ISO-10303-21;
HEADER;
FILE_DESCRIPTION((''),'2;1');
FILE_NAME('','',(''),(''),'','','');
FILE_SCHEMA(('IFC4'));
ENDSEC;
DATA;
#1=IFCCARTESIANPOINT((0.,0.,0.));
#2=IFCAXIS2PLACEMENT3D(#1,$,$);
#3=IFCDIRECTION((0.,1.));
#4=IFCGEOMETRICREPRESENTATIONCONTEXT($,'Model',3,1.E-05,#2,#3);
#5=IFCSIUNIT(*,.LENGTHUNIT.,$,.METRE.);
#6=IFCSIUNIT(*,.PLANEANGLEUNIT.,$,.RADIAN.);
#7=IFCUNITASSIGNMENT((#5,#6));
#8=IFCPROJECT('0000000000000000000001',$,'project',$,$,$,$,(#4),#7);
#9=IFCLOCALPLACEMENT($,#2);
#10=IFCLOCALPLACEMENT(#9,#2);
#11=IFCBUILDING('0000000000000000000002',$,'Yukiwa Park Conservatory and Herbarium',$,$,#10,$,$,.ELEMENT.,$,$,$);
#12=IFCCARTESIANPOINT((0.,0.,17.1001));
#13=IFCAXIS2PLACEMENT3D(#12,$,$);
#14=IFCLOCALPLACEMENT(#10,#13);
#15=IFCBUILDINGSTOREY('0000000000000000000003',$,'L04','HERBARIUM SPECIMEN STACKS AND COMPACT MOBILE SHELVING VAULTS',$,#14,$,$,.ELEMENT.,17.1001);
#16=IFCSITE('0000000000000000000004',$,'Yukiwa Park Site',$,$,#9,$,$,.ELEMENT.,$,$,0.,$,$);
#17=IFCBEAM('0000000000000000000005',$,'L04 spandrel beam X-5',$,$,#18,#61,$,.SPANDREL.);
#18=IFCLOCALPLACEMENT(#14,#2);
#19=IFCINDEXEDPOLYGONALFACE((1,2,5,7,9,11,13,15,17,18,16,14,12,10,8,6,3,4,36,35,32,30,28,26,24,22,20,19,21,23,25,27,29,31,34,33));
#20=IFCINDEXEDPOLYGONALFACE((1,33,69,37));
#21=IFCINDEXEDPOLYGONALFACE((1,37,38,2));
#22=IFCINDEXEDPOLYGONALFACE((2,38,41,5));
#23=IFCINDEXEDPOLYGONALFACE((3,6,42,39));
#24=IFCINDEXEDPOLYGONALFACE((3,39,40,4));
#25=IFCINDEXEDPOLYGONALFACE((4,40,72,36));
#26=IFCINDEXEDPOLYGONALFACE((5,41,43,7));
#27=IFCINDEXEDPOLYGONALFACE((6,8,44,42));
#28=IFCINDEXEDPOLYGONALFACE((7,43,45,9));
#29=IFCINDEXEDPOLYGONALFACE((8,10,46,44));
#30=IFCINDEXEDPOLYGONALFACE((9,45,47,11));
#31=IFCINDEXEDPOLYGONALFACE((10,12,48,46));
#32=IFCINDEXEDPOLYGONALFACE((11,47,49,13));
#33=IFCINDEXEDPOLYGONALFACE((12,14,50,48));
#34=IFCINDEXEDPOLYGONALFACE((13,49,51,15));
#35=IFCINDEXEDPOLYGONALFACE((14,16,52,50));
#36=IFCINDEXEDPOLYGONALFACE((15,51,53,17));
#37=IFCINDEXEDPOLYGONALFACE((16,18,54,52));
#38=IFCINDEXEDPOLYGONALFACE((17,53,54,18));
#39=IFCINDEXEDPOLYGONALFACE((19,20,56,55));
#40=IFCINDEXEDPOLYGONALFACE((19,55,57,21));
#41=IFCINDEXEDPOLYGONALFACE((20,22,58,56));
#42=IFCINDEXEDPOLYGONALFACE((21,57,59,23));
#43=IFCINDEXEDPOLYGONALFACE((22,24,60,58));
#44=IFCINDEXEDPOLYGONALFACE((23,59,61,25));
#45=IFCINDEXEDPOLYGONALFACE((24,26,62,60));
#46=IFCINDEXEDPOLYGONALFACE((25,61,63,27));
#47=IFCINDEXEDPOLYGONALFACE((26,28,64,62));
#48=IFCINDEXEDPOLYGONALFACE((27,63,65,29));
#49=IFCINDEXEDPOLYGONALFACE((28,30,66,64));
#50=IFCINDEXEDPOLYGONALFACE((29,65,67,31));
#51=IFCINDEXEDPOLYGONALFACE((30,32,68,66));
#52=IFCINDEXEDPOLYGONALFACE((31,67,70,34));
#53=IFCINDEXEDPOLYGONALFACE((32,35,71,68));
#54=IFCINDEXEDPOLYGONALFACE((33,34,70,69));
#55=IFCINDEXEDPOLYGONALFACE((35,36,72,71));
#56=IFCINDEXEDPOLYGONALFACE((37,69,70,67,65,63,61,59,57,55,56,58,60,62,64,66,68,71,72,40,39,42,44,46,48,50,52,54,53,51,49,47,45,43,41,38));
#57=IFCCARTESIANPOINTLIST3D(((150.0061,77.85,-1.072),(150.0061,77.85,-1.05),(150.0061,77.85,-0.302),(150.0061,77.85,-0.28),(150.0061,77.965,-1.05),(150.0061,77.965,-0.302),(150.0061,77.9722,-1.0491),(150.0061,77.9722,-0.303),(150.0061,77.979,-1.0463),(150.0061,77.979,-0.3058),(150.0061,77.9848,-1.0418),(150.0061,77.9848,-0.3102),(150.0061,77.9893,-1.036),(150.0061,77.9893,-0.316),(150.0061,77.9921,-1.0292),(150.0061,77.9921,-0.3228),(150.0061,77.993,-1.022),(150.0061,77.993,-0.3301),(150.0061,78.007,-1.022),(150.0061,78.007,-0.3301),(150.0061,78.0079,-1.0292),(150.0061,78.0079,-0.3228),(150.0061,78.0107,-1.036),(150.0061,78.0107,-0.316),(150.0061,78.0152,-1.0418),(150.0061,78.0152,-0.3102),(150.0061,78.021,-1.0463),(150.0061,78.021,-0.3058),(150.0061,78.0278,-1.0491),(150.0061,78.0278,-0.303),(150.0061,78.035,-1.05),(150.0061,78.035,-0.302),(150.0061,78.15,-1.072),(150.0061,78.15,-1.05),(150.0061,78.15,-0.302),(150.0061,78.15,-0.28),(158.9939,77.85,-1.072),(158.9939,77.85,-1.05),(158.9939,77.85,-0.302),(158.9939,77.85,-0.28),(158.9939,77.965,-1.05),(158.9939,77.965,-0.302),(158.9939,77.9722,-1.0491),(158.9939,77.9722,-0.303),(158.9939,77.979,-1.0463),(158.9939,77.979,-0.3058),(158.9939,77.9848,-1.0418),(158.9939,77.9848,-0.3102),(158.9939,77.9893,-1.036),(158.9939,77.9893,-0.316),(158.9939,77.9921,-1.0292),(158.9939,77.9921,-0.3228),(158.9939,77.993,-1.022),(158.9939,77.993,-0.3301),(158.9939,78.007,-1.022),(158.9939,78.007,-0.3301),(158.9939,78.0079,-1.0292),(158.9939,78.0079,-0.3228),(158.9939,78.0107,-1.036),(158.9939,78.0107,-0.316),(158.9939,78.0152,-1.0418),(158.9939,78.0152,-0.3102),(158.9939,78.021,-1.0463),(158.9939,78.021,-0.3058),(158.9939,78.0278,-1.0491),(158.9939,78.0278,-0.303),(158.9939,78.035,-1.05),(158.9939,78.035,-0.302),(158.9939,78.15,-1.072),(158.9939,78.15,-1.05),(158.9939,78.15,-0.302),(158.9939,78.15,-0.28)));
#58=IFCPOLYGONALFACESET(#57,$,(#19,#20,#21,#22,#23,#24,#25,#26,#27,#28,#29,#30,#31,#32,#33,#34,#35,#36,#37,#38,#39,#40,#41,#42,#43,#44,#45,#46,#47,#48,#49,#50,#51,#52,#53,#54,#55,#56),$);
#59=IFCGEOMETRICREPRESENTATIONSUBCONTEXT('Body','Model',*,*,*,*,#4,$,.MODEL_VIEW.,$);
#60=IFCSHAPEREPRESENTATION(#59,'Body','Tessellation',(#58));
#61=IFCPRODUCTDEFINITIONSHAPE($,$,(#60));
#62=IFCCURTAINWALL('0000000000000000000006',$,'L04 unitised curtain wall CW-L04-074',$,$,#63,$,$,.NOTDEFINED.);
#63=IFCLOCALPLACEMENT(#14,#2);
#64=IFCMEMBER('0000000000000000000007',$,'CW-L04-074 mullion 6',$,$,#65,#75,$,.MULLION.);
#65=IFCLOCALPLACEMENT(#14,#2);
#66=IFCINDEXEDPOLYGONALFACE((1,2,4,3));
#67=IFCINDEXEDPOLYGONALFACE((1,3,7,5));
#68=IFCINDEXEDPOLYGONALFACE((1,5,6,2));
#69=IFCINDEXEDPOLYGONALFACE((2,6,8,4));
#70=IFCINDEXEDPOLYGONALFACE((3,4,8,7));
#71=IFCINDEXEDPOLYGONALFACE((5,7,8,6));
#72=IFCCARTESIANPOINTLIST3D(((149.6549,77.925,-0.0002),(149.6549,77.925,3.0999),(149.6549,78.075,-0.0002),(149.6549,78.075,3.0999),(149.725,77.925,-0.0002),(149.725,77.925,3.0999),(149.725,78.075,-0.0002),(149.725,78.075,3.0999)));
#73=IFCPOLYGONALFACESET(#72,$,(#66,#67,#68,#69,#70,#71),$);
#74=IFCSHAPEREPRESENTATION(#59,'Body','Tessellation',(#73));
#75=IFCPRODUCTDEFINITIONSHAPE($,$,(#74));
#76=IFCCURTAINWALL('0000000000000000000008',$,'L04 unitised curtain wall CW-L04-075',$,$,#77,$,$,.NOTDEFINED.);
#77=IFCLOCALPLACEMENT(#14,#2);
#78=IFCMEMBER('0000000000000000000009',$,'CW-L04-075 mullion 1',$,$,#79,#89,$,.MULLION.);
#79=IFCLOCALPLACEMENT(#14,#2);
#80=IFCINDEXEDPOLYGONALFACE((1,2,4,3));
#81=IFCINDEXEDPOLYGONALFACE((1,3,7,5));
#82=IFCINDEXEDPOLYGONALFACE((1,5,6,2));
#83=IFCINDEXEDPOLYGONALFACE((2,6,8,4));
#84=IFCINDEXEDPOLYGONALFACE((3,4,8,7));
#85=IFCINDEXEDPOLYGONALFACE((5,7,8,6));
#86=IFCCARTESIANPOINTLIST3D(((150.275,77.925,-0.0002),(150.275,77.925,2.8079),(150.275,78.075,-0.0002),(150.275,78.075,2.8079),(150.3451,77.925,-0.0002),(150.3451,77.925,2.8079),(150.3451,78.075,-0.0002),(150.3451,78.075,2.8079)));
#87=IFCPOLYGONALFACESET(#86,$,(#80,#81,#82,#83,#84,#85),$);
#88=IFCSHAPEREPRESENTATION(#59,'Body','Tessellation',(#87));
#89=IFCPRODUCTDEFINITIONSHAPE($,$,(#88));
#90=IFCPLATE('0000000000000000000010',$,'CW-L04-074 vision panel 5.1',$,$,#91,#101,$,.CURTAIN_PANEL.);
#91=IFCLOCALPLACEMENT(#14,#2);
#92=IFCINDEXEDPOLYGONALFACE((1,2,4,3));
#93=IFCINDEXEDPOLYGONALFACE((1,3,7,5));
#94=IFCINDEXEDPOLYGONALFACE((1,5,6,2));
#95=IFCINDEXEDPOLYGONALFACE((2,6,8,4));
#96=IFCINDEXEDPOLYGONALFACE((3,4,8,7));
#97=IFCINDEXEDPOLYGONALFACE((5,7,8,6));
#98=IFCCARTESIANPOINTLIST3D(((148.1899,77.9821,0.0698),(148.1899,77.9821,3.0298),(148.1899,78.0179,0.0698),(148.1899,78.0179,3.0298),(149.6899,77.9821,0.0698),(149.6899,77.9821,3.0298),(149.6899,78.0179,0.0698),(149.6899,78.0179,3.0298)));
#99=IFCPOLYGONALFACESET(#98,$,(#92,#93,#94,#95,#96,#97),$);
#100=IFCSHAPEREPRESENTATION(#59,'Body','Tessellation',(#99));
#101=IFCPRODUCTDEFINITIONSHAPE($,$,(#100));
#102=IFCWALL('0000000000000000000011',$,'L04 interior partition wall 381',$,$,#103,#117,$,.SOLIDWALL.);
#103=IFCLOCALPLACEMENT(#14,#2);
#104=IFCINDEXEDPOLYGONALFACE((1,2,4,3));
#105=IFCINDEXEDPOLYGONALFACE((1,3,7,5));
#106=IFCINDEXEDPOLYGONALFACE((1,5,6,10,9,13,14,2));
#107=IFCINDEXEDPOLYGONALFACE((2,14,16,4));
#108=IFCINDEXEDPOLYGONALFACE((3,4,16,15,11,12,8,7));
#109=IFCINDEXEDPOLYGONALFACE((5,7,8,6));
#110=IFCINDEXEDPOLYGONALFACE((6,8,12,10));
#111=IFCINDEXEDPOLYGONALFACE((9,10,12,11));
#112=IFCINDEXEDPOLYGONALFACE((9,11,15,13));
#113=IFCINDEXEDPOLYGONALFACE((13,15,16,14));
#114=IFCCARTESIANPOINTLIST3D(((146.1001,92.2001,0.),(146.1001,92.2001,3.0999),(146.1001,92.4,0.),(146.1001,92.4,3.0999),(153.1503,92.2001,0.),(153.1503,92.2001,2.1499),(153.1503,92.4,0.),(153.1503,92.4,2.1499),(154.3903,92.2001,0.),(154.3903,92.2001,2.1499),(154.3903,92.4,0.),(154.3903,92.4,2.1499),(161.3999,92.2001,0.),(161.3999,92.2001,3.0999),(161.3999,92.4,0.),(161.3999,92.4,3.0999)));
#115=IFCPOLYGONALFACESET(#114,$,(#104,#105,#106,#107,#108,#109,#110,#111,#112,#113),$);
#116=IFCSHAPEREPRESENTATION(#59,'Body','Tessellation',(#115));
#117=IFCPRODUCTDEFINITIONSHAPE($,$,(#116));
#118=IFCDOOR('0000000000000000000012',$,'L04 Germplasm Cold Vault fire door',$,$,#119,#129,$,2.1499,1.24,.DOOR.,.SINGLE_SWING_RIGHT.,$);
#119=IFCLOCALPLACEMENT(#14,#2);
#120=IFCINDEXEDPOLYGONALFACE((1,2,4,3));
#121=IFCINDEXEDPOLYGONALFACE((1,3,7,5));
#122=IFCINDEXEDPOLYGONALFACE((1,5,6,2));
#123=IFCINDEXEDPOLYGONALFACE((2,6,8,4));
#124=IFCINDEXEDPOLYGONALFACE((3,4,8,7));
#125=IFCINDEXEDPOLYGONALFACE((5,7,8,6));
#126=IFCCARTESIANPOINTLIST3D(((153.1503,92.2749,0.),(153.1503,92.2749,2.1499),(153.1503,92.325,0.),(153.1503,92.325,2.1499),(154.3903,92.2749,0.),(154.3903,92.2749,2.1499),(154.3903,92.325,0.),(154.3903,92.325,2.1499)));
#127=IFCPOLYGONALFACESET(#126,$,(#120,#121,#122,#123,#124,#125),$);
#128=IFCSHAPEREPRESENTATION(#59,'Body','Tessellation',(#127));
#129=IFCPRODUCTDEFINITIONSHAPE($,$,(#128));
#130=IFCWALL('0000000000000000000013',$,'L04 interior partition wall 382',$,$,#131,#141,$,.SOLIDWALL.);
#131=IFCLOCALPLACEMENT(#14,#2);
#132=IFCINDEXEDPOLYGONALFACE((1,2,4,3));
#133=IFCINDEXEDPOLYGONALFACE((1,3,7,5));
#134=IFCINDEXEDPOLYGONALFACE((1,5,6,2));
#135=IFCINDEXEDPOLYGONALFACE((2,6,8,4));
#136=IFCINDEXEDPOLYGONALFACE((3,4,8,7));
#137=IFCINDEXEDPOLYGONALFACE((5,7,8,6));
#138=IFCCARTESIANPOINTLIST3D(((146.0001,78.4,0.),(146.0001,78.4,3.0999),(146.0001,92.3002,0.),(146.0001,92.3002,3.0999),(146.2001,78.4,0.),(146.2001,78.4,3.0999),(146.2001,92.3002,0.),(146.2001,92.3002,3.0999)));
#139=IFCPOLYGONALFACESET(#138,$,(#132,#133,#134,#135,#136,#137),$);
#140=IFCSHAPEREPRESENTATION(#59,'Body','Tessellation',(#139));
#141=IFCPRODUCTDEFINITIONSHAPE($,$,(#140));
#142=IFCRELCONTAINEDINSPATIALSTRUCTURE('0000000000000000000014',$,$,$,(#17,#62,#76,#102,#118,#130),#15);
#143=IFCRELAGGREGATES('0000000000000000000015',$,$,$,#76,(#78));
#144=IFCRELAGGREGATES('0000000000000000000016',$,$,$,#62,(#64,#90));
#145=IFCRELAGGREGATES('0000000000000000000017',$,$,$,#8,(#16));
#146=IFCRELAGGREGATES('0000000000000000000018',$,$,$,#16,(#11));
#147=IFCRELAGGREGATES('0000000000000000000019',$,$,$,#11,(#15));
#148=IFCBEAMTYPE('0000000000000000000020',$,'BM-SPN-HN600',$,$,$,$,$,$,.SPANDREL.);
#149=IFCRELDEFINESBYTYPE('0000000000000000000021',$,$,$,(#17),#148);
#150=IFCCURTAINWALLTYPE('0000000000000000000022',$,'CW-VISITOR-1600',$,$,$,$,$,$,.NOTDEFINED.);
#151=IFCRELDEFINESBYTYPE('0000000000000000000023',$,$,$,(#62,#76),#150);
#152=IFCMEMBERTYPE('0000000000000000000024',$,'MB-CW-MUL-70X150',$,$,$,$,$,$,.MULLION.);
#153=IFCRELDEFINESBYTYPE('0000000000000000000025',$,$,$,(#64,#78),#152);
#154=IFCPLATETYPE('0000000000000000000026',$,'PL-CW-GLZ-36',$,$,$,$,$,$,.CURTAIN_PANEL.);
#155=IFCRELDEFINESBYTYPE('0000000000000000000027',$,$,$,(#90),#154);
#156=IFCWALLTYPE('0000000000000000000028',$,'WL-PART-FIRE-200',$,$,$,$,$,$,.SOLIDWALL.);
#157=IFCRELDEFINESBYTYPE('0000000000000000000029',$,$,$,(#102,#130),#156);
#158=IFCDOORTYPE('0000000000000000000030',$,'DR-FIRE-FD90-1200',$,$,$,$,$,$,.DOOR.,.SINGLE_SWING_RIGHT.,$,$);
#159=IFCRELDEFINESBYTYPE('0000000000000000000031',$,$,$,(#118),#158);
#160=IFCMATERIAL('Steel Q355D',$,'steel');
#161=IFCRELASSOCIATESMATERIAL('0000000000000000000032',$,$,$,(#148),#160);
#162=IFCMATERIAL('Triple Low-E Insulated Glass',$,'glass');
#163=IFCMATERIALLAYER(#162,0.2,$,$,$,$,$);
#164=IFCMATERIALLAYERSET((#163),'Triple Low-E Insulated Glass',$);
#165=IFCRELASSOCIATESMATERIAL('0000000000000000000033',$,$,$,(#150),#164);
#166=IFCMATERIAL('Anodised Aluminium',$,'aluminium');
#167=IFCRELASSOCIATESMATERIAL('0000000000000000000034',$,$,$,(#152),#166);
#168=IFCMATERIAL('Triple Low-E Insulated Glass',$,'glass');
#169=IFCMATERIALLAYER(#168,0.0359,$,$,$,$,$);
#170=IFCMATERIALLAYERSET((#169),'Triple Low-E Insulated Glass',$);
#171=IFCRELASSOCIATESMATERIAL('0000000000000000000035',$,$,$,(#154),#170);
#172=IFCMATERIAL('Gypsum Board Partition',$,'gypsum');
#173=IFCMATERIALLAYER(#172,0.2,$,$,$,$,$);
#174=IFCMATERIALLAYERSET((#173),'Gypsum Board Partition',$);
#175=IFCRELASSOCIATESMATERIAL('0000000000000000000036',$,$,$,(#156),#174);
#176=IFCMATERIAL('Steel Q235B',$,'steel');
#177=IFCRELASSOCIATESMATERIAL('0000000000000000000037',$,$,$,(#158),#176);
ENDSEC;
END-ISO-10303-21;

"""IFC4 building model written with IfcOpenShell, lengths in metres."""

from ifc_helpers import new_model, si_unit, direction, frame, frame_2d, origin, origin_2d, place, context, subcontext, project, spatial, rectangle, i_section, extrude, material, layer, layer_set, material_profile, profile_set, type_object, element, fill, aggregate, save


model = new_model("IFC4")

# Units and contexts
model_context = context("Model", 3, precision=1e-05, world=origin(), true_north=direction((0.0, 1.0)))
body_context = subcontext(model_context, "Body", "Model", "MODEL_VIEW")
ifc_project = project(units=[si_unit("LENGTHUNIT", "METRE"), si_unit("PLANEANGLEUNIT", "RADIAN")], contexts=[model_context])

# Site, building, storey
site_placement = place(None, origin())
site = spatial("IfcSite", under=ifc_project, at=site_placement, Name="Yukiwa Park Site", CompositionType="ELEMENT", RefElevation=0.0)
building_placement = place(site_placement, origin())
building = spatial("IfcBuilding", under=site, at=building_placement, Name="Yukiwa Park Conservatory and Herbarium", CompositionType="ELEMENT")
storey_placement = place(building_placement, frame((0.0, 0.0, 17.1001)))
storey = spatial("IfcBuildingStorey", under=building, at=storey_placement, Name="L04", Description="HERBARIUM SPECIMEN STACKS AND COMPACT MOBILE SHELVING VAULTS", CompositionType="ELEMENT", Elevation=17.1001)

# Beam
ifc_material_1 = material(Name="Steel Q355D", Category="steel")
ifc_material_profile_1 = material_profile(ifc_material_1, i_section(OverallWidth=0.3, OverallDepth=0.792, WebThickness=0.0139, FlangeThickness=0.022, FilletRadius=0.0281, at=origin_2d()), Name="HN 792x300x14x22")
ifc_profile_set_1 = profile_set([ifc_material_profile_1], Name="Steel Q355D")
beam_type_1 = type_object("IfcBeamType", Name="BM-SPN-HN600", PredefinedType="SPANDREL", material=ifc_profile_set_1)
beam_1_placement = place(storey_placement, frame((150.0061, 78.0, -0.676), z_axis=(1.0, 0.0, 0.0), x_axis=(0.0, 1.0, 0.0)))
element("IfcBeam", 1, at=beam_1_placement, inside=storey, type_object=beam_type_1, Name="L04 spandrel beam X-5", PredefinedType="SPANDREL", context=body_context, shape_type="SweptSolid", body=[
    extrude(i_section(OverallWidth=0.3, OverallDepth=0.792, WebThickness=0.0139, FlangeThickness=0.022, FilletRadius=0.0281, at=origin_2d()), origin(), (0.0, 0.0, 1.0), 8.9878),
])

# Curtain walls, members
ifc_material_2 = material(Name="Triple Low-E Insulated Glass", Category="glass")
ifc_layer_1 = layer(ifc_material_2, 0.2)
ifc_layer_set_1 = layer_set([ifc_layer_1], Name="Triple Low-E Insulated Glass")
curtain_wall_type = type_object("IfcCurtainWallType", Name="CW-VISITOR-1600", PredefinedType="NOTDEFINED", material=ifc_layer_set_1)
curtain_wall_1_placement = place(storey_placement, origin())
curtain_wall_1 = element("IfcCurtainWall", 2, at=curtain_wall_1_placement, inside=storey, type_object=curtain_wall_type, Name="L04 unitised curtain wall CW-L04-074", PredefinedType="NOTDEFINED")
ifc_material_3 = material(Name="Anodised Aluminium", Category="aluminium")
member_type = type_object("IfcMemberType", Name="MB-CW-MUL-70X150", PredefinedType="MULLION", material=ifc_material_3)
member_1_placement = place(storey_placement, frame((149.6899, 78.0, -0.0002), z_axis=(0.0, 0.0, 1.0), x_axis=(1.0, 0.0, 0.0)))
member_1 = element("IfcMember", 3, at=member_1_placement, type_object=member_type, Name="CW-L04-074 mullion 6", PredefinedType="MULLION", context=body_context, shape_type="SweptSolid", body=[
    extrude(rectangle(XDim=0.0701, YDim=0.1499, at=origin_2d()), origin(), (0.0, 0.0, 1.0), 3.1001),
])
curtain_wall_2_placement = place(storey_placement, origin())
curtain_wall_2 = element("IfcCurtainWall", 4, at=curtain_wall_2_placement, inside=storey, type_object=curtain_wall_type, Name="L04 unitised curtain wall CW-L04-075", PredefinedType="NOTDEFINED")
member_2_placement = place(storey_placement, frame((150.3101, 78.0, -0.0002), z_axis=(0.0, 0.0, 1.0), x_axis=(1.0, 0.0, 0.0)))
member_2 = element("IfcMember", 5, at=member_2_placement, type_object=member_type, Name="CW-L04-075 mullion 1", PredefinedType="MULLION", context=body_context, shape_type="SweptSolid", body=[
    extrude(rectangle(XDim=0.0701, YDim=0.1499, at=origin_2d()), origin(), (0.0, 0.0, 1.0), 2.8081),
])
aggregate(curtain_wall_2, [member_2])

# Plate
ifc_material_4 = material(Name="Triple Low-E Insulated Glass", Category="glass")
ifc_layer_2 = layer(ifc_material_4, 0.0359)
ifc_layer_set_2 = layer_set([ifc_layer_2], Name="Triple Low-E Insulated Glass")
plate_type = type_object("IfcPlateType", Name="PL-CW-GLZ-36", PredefinedType="CURTAIN_PANEL", material=ifc_layer_set_2)
plate_placement = place(storey_placement, frame((148.9399, 78.0, 0.0698), z_axis=(0.0, 0.0, 1.0), x_axis=(1.0, 0.0, 0.0)))
plate = element("IfcPlate", 6, at=plate_placement, type_object=plate_type, Name="CW-L04-074 vision panel 5.1", PredefinedType="CURTAIN_PANEL", context=body_context, shape_type="SweptSolid", body=[
    extrude(rectangle(XDim=1.5, YDim=0.0359, at=origin_2d()), origin(), (0.0, 0.0, 1.0), 2.96),
])
aggregate(curtain_wall_1, [member_1, plate])

# Wall, opening, door
ifc_material_5 = material(Name="Gypsum Board Partition", Category="gypsum")
ifc_layer_3 = layer(ifc_material_5, 0.2)
ifc_layer_set_3 = layer_set([ifc_layer_3], Name="Gypsum Board Partition")
wall_type = type_object("IfcWallType", Name="WL-PART-FIRE-200", PredefinedType="SOLIDWALL", material=ifc_layer_set_3)
wall_1_placement = place(storey_placement, frame((146.1001, 92.3, 0.0), z_axis=(0.0, 0.0, 1.0), x_axis=(1.0, 0.0, 0.0)))
wall_1 = element("IfcWall", 7, at=wall_1_placement, inside=storey, type_object=wall_type, Name="L04 interior partition wall 381", PredefinedType="SOLIDWALL", context=body_context, shape_type="SweptSolid", body=[
    extrude(rectangle(XDim=15.2998, YDim=0.2, at=frame_2d((7.6499, 0.0))), origin(), (0.0, 0.0, 1.0), 3.0999),
])
opening_placement = place(wall_1_placement, frame((7.05, 0.0, 0.0)))
opening = element("IfcOpeningElement", 8, at=opening_placement, cuts=wall_1, PredefinedType="OPENING", context=body_context, shape_type="SweptSolid", body=[
    extrude(rectangle(XDim=1.24, YDim=2.1499, at=frame_2d((0.6201, 1.075))), frame((0.0, 0.1099, 0.0), z_axis=(0.0, -1.0, 0.0), x_axis=(1.0, 0.0, 0.0)), (0.0, 0.0, 1.0), 0.22),
])
ifc_material_6 = material(Name="Steel Q235B", Category="steel")
door_type = type_object("IfcDoorType", Name="DR-FIRE-FD90-1200", OperationType="SINGLE_SWING_RIGHT", PredefinedType="DOOR", material=ifc_material_6)
door_placement = place(opening_placement, origin())
door = element("IfcDoor", 9, at=door_placement, inside=storey, type_object=door_type, Name="L04 Germplasm Cold Vault fire door", OperationType="SINGLE_SWING_RIGHT", OverallHeight=2.1499, OverallWidth=1.24, PredefinedType="DOOR", context=body_context, shape_type="SweptSolid", body=[
    extrude(rectangle(XDim=1.24, YDim=2.1499, at=frame_2d((0.6201, 1.075))), frame((0.0, 0.0249, 0.0), z_axis=(0.0, -1.0, 0.0), x_axis=(1.0, 0.0, 0.0)), (0.0, 0.0, 1.0), 0.05),
])
fill(opening, door)

# Wall
wall_2_placement = place(storey_placement, frame((146.1001, 78.3999, 0.0), z_axis=(0.0, 0.0, 1.0), x_axis=(0.0, 1.0, 0.0)))
element("IfcWall", 10, at=wall_2_placement, inside=storey, type_object=wall_type, Name="L04 interior partition wall 382", PredefinedType="SOLIDWALL", context=body_context, shape_type="SweptSolid", body=[
    extrude(rectangle(XDim=13.9001, YDim=0.2, at=frame_2d((6.9502, 0.0))), origin(), (0.0, 0.0, 1.0), 3.0999),
])

save(model, "model.ifc")
